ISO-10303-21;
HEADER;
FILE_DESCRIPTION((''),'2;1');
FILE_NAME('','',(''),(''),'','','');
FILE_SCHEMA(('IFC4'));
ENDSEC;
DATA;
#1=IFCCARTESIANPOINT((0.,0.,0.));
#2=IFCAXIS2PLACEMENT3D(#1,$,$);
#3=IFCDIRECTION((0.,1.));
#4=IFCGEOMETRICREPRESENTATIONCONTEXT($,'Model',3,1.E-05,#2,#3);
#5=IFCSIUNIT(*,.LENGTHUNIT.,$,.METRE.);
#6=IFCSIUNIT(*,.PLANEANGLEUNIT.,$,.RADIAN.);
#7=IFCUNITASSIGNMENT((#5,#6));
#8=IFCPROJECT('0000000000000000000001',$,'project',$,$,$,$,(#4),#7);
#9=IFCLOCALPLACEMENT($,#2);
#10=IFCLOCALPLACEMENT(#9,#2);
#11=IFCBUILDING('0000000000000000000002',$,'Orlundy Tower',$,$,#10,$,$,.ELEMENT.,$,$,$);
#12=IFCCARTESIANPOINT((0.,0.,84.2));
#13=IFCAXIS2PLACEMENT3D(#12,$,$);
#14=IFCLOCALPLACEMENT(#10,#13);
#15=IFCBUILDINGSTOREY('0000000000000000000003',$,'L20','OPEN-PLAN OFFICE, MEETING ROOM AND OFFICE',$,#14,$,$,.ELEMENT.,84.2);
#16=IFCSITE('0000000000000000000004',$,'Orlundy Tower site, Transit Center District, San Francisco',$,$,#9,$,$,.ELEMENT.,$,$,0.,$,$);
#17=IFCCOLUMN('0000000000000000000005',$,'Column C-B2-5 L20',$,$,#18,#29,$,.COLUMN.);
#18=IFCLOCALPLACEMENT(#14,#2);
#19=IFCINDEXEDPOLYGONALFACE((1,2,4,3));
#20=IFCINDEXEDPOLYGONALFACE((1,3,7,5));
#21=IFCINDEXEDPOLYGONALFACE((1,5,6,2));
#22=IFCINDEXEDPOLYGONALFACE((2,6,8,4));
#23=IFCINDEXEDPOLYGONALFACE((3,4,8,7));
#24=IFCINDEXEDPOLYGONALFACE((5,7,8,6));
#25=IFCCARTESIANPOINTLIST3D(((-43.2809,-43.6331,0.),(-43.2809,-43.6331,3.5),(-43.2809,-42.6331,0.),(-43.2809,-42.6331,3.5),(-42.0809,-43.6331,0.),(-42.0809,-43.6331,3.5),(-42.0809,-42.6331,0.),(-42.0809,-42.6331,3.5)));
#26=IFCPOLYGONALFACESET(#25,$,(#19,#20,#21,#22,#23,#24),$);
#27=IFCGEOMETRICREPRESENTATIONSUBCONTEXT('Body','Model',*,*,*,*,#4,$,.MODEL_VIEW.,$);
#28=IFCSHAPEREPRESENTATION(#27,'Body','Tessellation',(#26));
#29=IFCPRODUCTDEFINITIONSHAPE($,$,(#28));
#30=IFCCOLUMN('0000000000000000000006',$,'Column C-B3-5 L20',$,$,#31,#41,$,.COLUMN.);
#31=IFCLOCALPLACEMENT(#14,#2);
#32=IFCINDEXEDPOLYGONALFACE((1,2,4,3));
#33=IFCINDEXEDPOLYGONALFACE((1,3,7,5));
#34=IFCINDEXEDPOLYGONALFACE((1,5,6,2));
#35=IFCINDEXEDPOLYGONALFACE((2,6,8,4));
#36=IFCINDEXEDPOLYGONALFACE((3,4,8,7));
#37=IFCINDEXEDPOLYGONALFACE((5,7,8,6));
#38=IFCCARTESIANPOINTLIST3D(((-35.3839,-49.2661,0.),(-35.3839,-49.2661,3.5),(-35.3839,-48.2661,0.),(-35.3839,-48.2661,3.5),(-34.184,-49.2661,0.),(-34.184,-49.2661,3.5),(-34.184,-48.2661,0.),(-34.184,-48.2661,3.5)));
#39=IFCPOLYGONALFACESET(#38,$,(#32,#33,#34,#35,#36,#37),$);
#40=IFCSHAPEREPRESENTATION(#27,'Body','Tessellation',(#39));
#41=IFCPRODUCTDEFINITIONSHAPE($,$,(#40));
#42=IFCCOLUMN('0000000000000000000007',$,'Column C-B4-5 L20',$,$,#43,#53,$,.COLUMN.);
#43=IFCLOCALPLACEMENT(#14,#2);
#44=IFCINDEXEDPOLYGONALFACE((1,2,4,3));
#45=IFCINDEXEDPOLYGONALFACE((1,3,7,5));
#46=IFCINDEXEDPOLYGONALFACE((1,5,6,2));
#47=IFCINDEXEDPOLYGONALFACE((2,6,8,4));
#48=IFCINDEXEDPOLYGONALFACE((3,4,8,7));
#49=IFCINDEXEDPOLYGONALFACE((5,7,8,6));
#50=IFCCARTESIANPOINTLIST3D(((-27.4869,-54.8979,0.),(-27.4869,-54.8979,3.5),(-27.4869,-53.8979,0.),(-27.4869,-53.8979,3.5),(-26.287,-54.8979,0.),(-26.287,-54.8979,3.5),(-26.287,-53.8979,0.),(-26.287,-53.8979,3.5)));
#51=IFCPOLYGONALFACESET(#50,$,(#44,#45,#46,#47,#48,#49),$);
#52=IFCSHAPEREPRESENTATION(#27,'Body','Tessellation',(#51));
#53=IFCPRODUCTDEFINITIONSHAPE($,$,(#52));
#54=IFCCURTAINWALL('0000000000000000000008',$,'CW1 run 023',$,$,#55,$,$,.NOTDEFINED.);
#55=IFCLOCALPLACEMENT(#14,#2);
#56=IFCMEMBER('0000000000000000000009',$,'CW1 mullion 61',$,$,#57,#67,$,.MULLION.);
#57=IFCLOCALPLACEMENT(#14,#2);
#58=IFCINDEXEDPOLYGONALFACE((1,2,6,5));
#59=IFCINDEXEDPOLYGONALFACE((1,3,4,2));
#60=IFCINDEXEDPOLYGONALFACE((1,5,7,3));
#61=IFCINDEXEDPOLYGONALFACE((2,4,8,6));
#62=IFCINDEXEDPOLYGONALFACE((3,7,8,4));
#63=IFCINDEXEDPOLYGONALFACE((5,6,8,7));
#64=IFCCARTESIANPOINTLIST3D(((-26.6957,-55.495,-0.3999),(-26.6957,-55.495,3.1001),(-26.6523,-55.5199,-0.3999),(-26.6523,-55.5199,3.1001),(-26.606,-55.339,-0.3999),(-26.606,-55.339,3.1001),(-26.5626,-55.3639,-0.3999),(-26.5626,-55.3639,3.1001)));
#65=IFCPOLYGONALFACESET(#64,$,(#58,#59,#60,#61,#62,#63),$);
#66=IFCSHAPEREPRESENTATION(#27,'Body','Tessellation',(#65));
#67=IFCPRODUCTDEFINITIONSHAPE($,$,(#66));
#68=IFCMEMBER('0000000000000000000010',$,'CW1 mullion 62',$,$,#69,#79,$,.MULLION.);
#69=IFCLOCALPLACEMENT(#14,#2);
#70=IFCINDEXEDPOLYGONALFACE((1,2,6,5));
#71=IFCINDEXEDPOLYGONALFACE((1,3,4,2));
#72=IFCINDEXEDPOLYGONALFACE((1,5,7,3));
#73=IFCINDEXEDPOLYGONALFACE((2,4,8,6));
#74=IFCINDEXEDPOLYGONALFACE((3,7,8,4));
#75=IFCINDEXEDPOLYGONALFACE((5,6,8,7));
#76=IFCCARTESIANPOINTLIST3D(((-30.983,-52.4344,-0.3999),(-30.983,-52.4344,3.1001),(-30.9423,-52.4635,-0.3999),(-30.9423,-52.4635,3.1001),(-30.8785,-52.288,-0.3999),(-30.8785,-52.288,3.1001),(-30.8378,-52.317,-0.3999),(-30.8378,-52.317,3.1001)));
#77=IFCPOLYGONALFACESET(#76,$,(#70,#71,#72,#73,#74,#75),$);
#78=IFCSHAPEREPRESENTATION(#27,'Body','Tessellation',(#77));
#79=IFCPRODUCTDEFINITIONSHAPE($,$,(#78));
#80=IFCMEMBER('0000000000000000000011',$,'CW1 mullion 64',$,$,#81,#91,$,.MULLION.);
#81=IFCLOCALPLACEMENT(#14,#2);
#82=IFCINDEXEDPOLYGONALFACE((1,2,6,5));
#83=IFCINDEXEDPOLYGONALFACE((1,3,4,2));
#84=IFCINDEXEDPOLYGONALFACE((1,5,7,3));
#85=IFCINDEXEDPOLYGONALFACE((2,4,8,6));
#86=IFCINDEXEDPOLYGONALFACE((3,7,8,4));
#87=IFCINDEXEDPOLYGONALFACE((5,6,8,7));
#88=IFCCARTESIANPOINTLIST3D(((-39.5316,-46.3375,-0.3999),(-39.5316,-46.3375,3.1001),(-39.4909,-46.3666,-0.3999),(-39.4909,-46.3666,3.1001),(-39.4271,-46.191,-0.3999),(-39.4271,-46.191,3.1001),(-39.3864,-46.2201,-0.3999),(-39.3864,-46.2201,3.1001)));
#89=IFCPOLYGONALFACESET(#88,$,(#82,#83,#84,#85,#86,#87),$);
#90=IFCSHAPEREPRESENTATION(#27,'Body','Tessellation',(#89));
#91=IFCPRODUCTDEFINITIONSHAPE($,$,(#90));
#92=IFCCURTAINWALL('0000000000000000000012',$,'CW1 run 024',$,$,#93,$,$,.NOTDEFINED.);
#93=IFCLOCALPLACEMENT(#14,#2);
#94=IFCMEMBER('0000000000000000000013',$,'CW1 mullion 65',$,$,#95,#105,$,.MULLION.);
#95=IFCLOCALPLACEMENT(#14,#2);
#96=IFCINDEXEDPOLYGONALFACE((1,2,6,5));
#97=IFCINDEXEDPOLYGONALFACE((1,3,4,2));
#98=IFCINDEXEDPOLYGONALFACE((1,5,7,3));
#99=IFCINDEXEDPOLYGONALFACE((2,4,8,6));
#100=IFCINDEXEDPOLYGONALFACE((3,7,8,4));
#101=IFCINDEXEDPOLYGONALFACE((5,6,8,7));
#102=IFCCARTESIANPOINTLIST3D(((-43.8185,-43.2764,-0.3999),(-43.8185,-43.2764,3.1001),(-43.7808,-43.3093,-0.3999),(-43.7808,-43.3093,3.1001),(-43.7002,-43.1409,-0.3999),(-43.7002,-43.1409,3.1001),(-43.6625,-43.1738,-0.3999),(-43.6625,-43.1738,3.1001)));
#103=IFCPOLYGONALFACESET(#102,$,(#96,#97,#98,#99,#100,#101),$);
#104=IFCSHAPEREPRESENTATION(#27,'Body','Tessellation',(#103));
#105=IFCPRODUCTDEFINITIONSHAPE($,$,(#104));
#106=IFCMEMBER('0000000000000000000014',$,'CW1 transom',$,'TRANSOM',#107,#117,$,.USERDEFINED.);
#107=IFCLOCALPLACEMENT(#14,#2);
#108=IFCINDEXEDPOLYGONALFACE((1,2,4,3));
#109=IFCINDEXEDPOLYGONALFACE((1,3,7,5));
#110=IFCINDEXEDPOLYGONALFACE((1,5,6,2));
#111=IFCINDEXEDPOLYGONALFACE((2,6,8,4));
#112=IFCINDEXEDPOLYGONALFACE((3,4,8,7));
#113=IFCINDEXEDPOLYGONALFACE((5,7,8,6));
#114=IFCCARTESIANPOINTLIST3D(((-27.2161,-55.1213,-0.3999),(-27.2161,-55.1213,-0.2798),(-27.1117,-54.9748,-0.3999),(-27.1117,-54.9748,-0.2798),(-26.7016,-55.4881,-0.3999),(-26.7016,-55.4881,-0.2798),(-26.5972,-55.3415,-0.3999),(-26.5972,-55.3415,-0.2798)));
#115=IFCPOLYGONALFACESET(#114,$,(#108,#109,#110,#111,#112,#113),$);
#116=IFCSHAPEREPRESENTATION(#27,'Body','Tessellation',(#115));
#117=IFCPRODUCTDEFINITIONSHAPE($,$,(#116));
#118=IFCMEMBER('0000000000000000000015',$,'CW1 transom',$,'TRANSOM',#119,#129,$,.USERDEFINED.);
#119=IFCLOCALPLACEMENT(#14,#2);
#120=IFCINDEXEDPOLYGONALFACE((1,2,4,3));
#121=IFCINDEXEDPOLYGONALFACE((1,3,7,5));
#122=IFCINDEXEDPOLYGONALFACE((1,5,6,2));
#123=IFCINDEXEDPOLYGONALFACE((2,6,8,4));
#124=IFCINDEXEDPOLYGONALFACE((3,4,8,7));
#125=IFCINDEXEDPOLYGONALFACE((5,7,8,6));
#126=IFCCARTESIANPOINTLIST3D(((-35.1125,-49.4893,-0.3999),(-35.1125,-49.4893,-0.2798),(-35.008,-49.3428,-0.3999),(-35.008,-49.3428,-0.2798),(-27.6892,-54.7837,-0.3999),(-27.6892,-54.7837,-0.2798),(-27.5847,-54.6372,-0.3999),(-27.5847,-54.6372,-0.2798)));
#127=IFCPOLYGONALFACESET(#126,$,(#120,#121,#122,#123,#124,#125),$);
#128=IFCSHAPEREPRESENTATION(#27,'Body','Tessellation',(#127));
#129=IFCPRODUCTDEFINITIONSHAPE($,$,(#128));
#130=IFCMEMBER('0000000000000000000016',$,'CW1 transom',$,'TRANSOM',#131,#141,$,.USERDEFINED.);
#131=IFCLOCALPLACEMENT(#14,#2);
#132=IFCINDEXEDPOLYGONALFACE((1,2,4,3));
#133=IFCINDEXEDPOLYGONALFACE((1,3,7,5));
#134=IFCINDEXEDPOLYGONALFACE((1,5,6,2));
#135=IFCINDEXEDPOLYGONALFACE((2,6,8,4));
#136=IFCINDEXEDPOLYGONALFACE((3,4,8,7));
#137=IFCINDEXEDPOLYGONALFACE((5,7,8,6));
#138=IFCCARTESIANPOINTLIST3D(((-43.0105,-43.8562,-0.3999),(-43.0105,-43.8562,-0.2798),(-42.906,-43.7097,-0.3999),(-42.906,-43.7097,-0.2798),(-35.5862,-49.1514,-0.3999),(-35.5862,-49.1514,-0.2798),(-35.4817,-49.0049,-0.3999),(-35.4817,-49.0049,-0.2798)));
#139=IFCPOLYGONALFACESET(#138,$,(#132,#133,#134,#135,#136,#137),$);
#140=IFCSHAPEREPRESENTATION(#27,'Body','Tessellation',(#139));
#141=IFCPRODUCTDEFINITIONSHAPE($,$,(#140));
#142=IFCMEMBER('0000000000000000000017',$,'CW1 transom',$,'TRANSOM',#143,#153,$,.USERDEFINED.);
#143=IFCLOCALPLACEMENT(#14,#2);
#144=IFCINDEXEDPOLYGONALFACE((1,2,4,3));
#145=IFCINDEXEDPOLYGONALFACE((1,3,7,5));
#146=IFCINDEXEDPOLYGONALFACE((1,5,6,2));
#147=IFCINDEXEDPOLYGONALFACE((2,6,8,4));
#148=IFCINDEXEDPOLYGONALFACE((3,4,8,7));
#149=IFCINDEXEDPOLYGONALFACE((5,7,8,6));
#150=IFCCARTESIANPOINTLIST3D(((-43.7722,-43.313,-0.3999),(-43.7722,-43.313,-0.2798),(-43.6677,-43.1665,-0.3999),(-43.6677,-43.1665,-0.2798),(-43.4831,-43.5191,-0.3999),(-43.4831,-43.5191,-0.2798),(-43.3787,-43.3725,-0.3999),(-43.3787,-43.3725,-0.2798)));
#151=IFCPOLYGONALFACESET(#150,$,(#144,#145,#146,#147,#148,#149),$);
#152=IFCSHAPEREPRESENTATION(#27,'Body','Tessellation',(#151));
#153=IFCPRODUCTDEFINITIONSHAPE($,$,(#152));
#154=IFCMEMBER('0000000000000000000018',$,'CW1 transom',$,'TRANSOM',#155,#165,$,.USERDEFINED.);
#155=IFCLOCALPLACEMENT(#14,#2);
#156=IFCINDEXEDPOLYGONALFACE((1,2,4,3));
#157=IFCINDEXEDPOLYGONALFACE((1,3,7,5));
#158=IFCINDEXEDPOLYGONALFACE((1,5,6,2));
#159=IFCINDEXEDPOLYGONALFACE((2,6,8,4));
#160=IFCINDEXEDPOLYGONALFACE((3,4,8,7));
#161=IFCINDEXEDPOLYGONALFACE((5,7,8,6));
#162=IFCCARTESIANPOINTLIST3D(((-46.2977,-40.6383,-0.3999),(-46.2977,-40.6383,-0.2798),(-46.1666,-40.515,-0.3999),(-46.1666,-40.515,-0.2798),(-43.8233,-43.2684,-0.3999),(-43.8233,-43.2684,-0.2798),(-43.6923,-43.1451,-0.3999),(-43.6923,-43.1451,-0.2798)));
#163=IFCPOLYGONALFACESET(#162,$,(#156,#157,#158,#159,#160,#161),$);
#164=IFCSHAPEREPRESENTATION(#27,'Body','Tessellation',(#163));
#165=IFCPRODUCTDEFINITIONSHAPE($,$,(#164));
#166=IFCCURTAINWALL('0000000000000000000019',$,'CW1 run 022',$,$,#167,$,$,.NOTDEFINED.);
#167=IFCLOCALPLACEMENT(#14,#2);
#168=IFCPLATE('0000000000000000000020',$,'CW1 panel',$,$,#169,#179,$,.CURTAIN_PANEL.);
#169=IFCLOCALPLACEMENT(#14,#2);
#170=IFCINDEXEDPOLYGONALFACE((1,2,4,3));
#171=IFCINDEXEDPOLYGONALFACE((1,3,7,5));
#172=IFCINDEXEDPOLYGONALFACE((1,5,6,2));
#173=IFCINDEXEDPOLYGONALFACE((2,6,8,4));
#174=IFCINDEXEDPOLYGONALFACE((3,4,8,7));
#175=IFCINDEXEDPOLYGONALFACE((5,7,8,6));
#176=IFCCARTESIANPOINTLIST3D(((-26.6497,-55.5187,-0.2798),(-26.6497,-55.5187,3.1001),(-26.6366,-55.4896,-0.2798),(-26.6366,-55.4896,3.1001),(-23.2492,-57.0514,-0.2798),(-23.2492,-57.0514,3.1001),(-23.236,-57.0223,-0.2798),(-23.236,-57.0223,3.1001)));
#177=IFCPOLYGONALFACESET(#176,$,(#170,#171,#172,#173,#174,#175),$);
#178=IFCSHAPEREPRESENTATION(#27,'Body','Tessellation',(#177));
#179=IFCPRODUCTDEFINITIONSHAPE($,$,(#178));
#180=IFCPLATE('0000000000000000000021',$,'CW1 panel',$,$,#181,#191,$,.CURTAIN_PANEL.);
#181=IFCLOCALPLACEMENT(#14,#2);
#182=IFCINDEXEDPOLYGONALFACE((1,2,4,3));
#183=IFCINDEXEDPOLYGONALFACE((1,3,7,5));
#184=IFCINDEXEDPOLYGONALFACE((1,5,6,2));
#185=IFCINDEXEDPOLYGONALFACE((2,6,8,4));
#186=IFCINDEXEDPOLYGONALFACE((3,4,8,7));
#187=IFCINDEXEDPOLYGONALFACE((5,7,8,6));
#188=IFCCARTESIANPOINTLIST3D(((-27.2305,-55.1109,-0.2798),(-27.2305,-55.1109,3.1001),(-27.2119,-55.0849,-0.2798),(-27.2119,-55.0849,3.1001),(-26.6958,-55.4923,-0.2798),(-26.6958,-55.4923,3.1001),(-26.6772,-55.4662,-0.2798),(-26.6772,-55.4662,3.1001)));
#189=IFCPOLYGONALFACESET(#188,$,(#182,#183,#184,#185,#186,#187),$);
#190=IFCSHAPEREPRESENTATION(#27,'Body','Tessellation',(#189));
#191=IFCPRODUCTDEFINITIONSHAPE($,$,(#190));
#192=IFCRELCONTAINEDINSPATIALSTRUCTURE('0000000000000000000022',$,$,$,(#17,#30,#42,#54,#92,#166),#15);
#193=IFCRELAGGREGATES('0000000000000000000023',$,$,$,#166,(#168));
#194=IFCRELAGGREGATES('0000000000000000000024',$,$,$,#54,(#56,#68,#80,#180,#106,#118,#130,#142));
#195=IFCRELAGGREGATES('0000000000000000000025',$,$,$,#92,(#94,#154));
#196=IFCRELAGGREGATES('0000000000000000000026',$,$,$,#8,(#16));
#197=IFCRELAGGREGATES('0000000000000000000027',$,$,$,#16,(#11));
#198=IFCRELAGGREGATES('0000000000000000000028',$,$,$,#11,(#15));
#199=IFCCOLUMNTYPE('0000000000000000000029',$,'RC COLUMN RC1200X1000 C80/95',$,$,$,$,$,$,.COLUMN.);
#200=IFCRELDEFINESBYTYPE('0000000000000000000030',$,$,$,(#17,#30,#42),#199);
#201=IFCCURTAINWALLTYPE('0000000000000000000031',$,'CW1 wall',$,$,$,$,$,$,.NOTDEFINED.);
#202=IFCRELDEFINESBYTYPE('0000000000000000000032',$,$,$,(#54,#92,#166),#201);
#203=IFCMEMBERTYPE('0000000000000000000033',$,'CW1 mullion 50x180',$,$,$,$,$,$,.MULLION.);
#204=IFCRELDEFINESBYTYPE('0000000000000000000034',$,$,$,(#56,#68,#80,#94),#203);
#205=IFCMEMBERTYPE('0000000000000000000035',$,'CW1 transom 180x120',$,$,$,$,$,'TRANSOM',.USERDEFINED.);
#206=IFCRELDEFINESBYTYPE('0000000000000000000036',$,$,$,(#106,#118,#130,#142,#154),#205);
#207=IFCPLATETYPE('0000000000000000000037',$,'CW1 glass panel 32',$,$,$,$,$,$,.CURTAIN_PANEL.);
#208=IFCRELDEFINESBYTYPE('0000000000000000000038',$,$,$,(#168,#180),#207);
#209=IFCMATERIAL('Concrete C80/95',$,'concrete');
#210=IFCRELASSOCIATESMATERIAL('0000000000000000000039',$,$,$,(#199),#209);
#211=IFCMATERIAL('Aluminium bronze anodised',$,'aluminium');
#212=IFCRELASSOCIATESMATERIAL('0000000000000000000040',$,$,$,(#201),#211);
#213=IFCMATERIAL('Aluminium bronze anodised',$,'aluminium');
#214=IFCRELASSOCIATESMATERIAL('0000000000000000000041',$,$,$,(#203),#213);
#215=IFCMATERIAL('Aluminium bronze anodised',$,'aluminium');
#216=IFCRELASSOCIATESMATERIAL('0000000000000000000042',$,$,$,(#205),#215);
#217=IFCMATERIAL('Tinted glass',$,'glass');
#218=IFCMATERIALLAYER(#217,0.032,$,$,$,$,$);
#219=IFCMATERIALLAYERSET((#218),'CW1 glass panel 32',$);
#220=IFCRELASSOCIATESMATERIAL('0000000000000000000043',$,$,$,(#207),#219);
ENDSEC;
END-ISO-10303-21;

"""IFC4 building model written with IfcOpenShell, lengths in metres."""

from ifc_helpers import new_model, si_unit, direction, frame, origin, origin_2d, place, context, subcontext, project, spatial, rectangle, extrude, material, layer, layer_set, material_profile, profile_set, type_object, element, aggregate, save


model = new_model("IFC4")

# Units and contexts
model_context = context("Model", 3, precision=1e-05, world=origin(), true_north=direction((0.0, 1.0)))
body_context = subcontext(model_context, "Body", "Model", "MODEL_VIEW")
ifc_project = project(units=[si_unit("LENGTHUNIT", "METRE"), si_unit("PLANEANGLEUNIT", "RADIAN")], contexts=[model_context])

# Site, building, storey
site_placement = place(None, origin())
site = spatial("IfcSite", under=ifc_project, at=site_placement, Name="Orlundy Tower site, Transit Center District, San Francisco", CompositionType="ELEMENT", RefElevation=0.0)
building_placement = place(site_placement, origin())
building = spatial("IfcBuilding", under=site, at=building_placement, Name="Orlundy Tower", CompositionType="ELEMENT")
storey_placement = place(building_placement, frame((0.0, 0.0, 84.2)))
storey = spatial("IfcBuildingStorey", under=building, at=storey_placement, Name="L20", Description="OPEN-PLAN OFFICE, MEETING ROOM AND OFFICE", CompositionType="ELEMENT", Elevation=84.2)

# Columns
ifc_material_1 = material(Name="Concrete C80/95", Category="concrete")
ifc_material_profile_1 = material_profile(ifc_material_1, rectangle(XDim=1.2, YDim=1.0, at=origin_2d()), Name="RC1200X1000")
ifc_profile_set_1 = profile_set([ifc_material_profile_1], Name="Concrete C80/95")
column_type = type_object("IfcColumnType", Name="RC COLUMN RC1200X1000 C80/95", PredefinedType="COLUMN", material=ifc_profile_set_1)
for number, where, z_axis, x_axis, name in (
    (1, (-42.6809, -43.1331, 0.0), (0.0, 0.0, 1.0), (1.0, 0.0, 0.0), "Column C-B2-5 L20"),
    (2, (-34.7839, -48.7661, 0.0), (0.0, 0.0, 1.0), (1.0, 0.0, 0.0), "Column C-B3-5 L20"),
    (3, (-26.887, -54.3979, 0.0), (0.0, 0.0, 1.0), (1.0, 0.0, 0.0), "Column C-B4-5 L20"),
):
    element("IfcColumn", number, at=place(storey_placement, frame(where, z_axis=z_axis, x_axis=x_axis)), inside=storey, type_object=column_type, Name=name, PredefinedType="COLUMN", context=body_context, shape_type="SweptSolid", body=[
        extrude(rectangle(XDim=1.2, YDim=1.0, at=origin_2d()), origin(), (0.0, 0.0, 1.0), 3.5),
    ])

# Curtain wall, members
ifc_material_2 = material(Name="Aluminium bronze anodised", Category="aluminium")
curtain_wall_type = type_object("IfcCurtainWallType", Name="CW1 wall", PredefinedType="NOTDEFINED", material=ifc_material_2)
curtain_wall_1_placement = place(storey_placement, origin())
curtain_wall_1 = element("IfcCurtainWall", 4, at=curtain_wall_1_placement, inside=storey, type_object=curtain_wall_type, Name="CW1 run 023", PredefinedType="NOTDEFINED")
ifc_material_3 = material(Name="Aluminium bronze anodised", Category="aluminium")
ifc_material_profile_2 = material_profile(ifc_material_3, rectangle(XDim=0.1799, YDim=0.05, at=origin_2d()), Name="CW1 mullion 50x180")
ifc_profile_set_2 = profile_set([ifc_material_profile_2], Name="Aluminium bronze anodised")
member_type_1 = type_object("IfcMemberType", Name="CW1 mullion 50x180", PredefinedType="MULLION", material=ifc_profile_set_2)
member_1_placement = place(storey_placement, frame((-26.6292, -55.4294, -0.3999), z_axis=(0.0, 0.0, 1.0), x_axis=(-0.498183, -0.867072, 0.0)))
member_1 = element("IfcMember", 5, at=member_1_placement, type_object=member_type_1, Name="CW1 mullion 61", PredefinedType="MULLION", context=body_context, shape_type="SweptSolid", body=[
    extrude(rectangle(XDim=0.1799, YDim=0.05, at=origin_2d()), origin(), (0.0, 0.0, 1.0), 3.5),
])
member_2_placement = place(storey_placement, frame((-30.9104, -52.3757, -0.3999), z_axis=(0.0, 0.0, 1.0), x_axis=(-0.580666, -0.814142, 0.0)))
member_2 = element("IfcMember", 6, at=member_2_placement, type_object=member_type_1, Name="CW1 mullion 62", PredefinedType="MULLION", context=body_context, shape_type="SweptSolid", body=[
    extrude(rectangle(XDim=0.1799, YDim=0.05, at=origin_2d()), origin(), (0.0, 0.0, 1.0), 3.5),
])
member_3_placement = place(storey_placement, frame((-39.459, -46.2788, -0.3999), z_axis=(0.0, 0.0, 1.0), x_axis=(-0.580666, -0.814142, 0.0)))
member_3 = element("IfcMember", 7, at=member_3_placement, type_object=member_type_1, Name="CW1 mullion 64", PredefinedType="MULLION", context=body_context, shape_type="SweptSolid", body=[
    extrude(rectangle(XDim=0.1799, YDim=0.05, at=origin_2d()), origin(), (0.0, 0.0, 1.0), 3.5),
])

# Curtain wall, member
curtain_wall_2_placement = place(storey_placement, origin())
curtain_wall_2 = element("IfcCurtainWall", 8, at=curtain_wall_2_placement, inside=storey, type_object=curtain_wall_type, Name="CW1 run 024", PredefinedType="NOTDEFINED")
member_4_placement = place(storey_placement, frame((-43.7405, -43.2251, -0.3999), z_axis=(0.0, 0.0, 1.0), x_axis=(-0.65768, -0.753297, 0.0)))
member_4 = element("IfcMember", 9, at=member_4_placement, type_object=member_type_1, Name="CW1 mullion 65", PredefinedType="MULLION", context=body_context, shape_type="SweptSolid", body=[
    extrude(rectangle(XDim=0.1799, YDim=0.05, at=origin_2d()), origin(), (0.0, 0.0, 1.0), 3.5),
])

# Members
ifc_material_4 = material(Name="Aluminium bronze anodised", Category="aluminium")
ifc_material_profile_3 = material_profile(ifc_material_4, rectangle(XDim=0.1799, YDim=0.1201, at=origin_2d()), Name="CW1 transom 180x120")
ifc_profile_set_3 = profile_set([ifc_material_profile_3], Name="Aluminium bronze anodised")
member_type_2 = type_object("IfcMemberType", Name="CW1 transom 180x120", ElementType="TRANSOM", PredefinedType="USERDEFINED", material=ifc_profile_set_3)
member_5_placement = place(storey_placement, frame((-26.6494, -55.4148, -0.3398), z_axis=(-0.814281, 0.58047, 0.0), x_axis=(-0.58047, -0.814281, 0.0)))
member_5 = element("IfcMember", 10, at=member_5_placement, type_object=member_type_2, Name="CW1 transom", ObjectType="TRANSOM", PredefinedType="USERDEFINED", context=body_context, shape_type="SweptSolid", body=[
    extrude(rectangle(XDim=0.1799, YDim=0.1201, at=origin_2d()), origin(), (0.0, 0.0, 1.0), 0.6318),
])
member_6_placement = place(storey_placement, frame((-27.637, -54.7104, -0.3398), z_axis=(-0.814146, 0.580661, 0.0), x_axis=(-0.580661, -0.814146, 0.0)))
member_6 = element("IfcMember", 11, at=member_6_placement, type_object=member_type_2, Name="CW1 transom", ObjectType="TRANSOM", PredefinedType="USERDEFINED", context=body_context, shape_type="SweptSolid", body=[
    extrude(rectangle(XDim=0.1799, YDim=0.1201, at=origin_2d()), origin(), (0.0, 0.0, 1.0), 9.1179),
])
member_7_placement = place(storey_placement, frame((-35.5339, -49.0781, -0.3398), z_axis=(-0.814144, 0.580663, 0.0), x_axis=(-0.580663, -0.814144, 0.0)))
member_7 = element("IfcMember", 12, at=member_7_placement, type_object=member_type_2, Name="CW1 transom", ObjectType="TRANSOM", PredefinedType="USERDEFINED", context=body_context, shape_type="SweptSolid", body=[
    extrude(rectangle(XDim=0.1799, YDim=0.1201, at=origin_2d()), origin(), (0.0, 0.0, 1.0), 9.1191),
])
member_8_placement = place(storey_placement, frame((-43.4309, -43.4458, -0.3398), z_axis=(-0.814291, 0.580457, 0.0), x_axis=(-0.580457, -0.814291, 0.0)))
member_8 = element("IfcMember", 13, at=member_8_placement, type_object=member_type_2, Name="CW1 transom", ObjectType="TRANSOM", PredefinedType="USERDEFINED", context=body_context, shape_type="SweptSolid", body=[
    extrude(rectangle(XDim=0.1799, YDim=0.1201, at=origin_2d()), origin(), (0.0, 0.0, 1.0), 0.355),
])
member_9_placement = place(storey_placement, frame((-43.7578, -43.2068, -0.3398), z_axis=(-0.685211, 0.728345, 0.0), x_axis=(-0.728345, -0.685211, 0.0)))
member_9 = element("IfcMember", 14, at=member_9_placement, type_object=member_type_2, Name="CW1 transom", ObjectType="TRANSOM", PredefinedType="USERDEFINED", context=body_context, shape_type="SweptSolid", body=[
    extrude(rectangle(XDim=0.1799, YDim=0.1201, at=origin_2d()), origin(), (0.0, 0.0, 1.0), 3.6111),
])

# Curtain wall, plate
curtain_wall_3_placement = place(storey_placement, origin())
curtain_wall_3 = element("IfcCurtainWall", 15, at=curtain_wall_3_placement, inside=storey, type_object=curtain_wall_type, Name="CW1 run 022", PredefinedType="NOTDEFINED")
ifc_material_5 = material(Name="Tinted glass", Category="glass")
ifc_layer_1 = layer(ifc_material_5, 0.032)
ifc_layer_set_1 = layer_set([ifc_layer_1], Name="CW1 glass panel 32")
plate_type = type_object("IfcPlateType", Name="CW1 glass panel 32", PredefinedType="CURTAIN_PANEL", material=ifc_layer_set_1)
plate_1_placement = place(storey_placement, frame((-24.9429, -56.2705, -0.2798), z_axis=(0.0, 0.0, 1.0), x_axis=(-0.911674, 0.410914, 0.0)))
plate_1 = element("IfcPlate", 16, at=plate_1_placement, type_object=plate_type, Name="CW1 panel", PredefinedType="CURTAIN_PANEL", context=body_context, shape_type="SweptSolid", body=[
    extrude(rectangle(XDim=3.73, YDim=0.032, at=origin_2d()), origin(), (0.0, 0.0, 1.0), 3.3799),
])
aggregate(curtain_wall_3, [plate_1])

# Plate
plate_2_placement = place(storey_placement, frame((-26.9539, -55.2886, -0.2798), z_axis=(0.0, 0.0, 1.0), x_axis=(-0.814142, 0.580666, 0.0)))
plate_2 = element("IfcPlate", 17, at=plate_2_placement, type_object=plate_type, Name="CW1 panel", PredefinedType="CURTAIN_PANEL", context=body_context, shape_type="SweptSolid", body=[
    extrude(rectangle(XDim=0.6567, YDim=0.032, at=origin_2d()), origin(), (0.0, 0.0, 1.0), 3.3799),
])
aggregate(curtain_wall_1, [member_1, member_2, member_3, plate_2, member_5, member_6, member_7, member_8])
aggregate(curtain_wall_2, [member_4, member_9])

save(model, "model.ifc")
